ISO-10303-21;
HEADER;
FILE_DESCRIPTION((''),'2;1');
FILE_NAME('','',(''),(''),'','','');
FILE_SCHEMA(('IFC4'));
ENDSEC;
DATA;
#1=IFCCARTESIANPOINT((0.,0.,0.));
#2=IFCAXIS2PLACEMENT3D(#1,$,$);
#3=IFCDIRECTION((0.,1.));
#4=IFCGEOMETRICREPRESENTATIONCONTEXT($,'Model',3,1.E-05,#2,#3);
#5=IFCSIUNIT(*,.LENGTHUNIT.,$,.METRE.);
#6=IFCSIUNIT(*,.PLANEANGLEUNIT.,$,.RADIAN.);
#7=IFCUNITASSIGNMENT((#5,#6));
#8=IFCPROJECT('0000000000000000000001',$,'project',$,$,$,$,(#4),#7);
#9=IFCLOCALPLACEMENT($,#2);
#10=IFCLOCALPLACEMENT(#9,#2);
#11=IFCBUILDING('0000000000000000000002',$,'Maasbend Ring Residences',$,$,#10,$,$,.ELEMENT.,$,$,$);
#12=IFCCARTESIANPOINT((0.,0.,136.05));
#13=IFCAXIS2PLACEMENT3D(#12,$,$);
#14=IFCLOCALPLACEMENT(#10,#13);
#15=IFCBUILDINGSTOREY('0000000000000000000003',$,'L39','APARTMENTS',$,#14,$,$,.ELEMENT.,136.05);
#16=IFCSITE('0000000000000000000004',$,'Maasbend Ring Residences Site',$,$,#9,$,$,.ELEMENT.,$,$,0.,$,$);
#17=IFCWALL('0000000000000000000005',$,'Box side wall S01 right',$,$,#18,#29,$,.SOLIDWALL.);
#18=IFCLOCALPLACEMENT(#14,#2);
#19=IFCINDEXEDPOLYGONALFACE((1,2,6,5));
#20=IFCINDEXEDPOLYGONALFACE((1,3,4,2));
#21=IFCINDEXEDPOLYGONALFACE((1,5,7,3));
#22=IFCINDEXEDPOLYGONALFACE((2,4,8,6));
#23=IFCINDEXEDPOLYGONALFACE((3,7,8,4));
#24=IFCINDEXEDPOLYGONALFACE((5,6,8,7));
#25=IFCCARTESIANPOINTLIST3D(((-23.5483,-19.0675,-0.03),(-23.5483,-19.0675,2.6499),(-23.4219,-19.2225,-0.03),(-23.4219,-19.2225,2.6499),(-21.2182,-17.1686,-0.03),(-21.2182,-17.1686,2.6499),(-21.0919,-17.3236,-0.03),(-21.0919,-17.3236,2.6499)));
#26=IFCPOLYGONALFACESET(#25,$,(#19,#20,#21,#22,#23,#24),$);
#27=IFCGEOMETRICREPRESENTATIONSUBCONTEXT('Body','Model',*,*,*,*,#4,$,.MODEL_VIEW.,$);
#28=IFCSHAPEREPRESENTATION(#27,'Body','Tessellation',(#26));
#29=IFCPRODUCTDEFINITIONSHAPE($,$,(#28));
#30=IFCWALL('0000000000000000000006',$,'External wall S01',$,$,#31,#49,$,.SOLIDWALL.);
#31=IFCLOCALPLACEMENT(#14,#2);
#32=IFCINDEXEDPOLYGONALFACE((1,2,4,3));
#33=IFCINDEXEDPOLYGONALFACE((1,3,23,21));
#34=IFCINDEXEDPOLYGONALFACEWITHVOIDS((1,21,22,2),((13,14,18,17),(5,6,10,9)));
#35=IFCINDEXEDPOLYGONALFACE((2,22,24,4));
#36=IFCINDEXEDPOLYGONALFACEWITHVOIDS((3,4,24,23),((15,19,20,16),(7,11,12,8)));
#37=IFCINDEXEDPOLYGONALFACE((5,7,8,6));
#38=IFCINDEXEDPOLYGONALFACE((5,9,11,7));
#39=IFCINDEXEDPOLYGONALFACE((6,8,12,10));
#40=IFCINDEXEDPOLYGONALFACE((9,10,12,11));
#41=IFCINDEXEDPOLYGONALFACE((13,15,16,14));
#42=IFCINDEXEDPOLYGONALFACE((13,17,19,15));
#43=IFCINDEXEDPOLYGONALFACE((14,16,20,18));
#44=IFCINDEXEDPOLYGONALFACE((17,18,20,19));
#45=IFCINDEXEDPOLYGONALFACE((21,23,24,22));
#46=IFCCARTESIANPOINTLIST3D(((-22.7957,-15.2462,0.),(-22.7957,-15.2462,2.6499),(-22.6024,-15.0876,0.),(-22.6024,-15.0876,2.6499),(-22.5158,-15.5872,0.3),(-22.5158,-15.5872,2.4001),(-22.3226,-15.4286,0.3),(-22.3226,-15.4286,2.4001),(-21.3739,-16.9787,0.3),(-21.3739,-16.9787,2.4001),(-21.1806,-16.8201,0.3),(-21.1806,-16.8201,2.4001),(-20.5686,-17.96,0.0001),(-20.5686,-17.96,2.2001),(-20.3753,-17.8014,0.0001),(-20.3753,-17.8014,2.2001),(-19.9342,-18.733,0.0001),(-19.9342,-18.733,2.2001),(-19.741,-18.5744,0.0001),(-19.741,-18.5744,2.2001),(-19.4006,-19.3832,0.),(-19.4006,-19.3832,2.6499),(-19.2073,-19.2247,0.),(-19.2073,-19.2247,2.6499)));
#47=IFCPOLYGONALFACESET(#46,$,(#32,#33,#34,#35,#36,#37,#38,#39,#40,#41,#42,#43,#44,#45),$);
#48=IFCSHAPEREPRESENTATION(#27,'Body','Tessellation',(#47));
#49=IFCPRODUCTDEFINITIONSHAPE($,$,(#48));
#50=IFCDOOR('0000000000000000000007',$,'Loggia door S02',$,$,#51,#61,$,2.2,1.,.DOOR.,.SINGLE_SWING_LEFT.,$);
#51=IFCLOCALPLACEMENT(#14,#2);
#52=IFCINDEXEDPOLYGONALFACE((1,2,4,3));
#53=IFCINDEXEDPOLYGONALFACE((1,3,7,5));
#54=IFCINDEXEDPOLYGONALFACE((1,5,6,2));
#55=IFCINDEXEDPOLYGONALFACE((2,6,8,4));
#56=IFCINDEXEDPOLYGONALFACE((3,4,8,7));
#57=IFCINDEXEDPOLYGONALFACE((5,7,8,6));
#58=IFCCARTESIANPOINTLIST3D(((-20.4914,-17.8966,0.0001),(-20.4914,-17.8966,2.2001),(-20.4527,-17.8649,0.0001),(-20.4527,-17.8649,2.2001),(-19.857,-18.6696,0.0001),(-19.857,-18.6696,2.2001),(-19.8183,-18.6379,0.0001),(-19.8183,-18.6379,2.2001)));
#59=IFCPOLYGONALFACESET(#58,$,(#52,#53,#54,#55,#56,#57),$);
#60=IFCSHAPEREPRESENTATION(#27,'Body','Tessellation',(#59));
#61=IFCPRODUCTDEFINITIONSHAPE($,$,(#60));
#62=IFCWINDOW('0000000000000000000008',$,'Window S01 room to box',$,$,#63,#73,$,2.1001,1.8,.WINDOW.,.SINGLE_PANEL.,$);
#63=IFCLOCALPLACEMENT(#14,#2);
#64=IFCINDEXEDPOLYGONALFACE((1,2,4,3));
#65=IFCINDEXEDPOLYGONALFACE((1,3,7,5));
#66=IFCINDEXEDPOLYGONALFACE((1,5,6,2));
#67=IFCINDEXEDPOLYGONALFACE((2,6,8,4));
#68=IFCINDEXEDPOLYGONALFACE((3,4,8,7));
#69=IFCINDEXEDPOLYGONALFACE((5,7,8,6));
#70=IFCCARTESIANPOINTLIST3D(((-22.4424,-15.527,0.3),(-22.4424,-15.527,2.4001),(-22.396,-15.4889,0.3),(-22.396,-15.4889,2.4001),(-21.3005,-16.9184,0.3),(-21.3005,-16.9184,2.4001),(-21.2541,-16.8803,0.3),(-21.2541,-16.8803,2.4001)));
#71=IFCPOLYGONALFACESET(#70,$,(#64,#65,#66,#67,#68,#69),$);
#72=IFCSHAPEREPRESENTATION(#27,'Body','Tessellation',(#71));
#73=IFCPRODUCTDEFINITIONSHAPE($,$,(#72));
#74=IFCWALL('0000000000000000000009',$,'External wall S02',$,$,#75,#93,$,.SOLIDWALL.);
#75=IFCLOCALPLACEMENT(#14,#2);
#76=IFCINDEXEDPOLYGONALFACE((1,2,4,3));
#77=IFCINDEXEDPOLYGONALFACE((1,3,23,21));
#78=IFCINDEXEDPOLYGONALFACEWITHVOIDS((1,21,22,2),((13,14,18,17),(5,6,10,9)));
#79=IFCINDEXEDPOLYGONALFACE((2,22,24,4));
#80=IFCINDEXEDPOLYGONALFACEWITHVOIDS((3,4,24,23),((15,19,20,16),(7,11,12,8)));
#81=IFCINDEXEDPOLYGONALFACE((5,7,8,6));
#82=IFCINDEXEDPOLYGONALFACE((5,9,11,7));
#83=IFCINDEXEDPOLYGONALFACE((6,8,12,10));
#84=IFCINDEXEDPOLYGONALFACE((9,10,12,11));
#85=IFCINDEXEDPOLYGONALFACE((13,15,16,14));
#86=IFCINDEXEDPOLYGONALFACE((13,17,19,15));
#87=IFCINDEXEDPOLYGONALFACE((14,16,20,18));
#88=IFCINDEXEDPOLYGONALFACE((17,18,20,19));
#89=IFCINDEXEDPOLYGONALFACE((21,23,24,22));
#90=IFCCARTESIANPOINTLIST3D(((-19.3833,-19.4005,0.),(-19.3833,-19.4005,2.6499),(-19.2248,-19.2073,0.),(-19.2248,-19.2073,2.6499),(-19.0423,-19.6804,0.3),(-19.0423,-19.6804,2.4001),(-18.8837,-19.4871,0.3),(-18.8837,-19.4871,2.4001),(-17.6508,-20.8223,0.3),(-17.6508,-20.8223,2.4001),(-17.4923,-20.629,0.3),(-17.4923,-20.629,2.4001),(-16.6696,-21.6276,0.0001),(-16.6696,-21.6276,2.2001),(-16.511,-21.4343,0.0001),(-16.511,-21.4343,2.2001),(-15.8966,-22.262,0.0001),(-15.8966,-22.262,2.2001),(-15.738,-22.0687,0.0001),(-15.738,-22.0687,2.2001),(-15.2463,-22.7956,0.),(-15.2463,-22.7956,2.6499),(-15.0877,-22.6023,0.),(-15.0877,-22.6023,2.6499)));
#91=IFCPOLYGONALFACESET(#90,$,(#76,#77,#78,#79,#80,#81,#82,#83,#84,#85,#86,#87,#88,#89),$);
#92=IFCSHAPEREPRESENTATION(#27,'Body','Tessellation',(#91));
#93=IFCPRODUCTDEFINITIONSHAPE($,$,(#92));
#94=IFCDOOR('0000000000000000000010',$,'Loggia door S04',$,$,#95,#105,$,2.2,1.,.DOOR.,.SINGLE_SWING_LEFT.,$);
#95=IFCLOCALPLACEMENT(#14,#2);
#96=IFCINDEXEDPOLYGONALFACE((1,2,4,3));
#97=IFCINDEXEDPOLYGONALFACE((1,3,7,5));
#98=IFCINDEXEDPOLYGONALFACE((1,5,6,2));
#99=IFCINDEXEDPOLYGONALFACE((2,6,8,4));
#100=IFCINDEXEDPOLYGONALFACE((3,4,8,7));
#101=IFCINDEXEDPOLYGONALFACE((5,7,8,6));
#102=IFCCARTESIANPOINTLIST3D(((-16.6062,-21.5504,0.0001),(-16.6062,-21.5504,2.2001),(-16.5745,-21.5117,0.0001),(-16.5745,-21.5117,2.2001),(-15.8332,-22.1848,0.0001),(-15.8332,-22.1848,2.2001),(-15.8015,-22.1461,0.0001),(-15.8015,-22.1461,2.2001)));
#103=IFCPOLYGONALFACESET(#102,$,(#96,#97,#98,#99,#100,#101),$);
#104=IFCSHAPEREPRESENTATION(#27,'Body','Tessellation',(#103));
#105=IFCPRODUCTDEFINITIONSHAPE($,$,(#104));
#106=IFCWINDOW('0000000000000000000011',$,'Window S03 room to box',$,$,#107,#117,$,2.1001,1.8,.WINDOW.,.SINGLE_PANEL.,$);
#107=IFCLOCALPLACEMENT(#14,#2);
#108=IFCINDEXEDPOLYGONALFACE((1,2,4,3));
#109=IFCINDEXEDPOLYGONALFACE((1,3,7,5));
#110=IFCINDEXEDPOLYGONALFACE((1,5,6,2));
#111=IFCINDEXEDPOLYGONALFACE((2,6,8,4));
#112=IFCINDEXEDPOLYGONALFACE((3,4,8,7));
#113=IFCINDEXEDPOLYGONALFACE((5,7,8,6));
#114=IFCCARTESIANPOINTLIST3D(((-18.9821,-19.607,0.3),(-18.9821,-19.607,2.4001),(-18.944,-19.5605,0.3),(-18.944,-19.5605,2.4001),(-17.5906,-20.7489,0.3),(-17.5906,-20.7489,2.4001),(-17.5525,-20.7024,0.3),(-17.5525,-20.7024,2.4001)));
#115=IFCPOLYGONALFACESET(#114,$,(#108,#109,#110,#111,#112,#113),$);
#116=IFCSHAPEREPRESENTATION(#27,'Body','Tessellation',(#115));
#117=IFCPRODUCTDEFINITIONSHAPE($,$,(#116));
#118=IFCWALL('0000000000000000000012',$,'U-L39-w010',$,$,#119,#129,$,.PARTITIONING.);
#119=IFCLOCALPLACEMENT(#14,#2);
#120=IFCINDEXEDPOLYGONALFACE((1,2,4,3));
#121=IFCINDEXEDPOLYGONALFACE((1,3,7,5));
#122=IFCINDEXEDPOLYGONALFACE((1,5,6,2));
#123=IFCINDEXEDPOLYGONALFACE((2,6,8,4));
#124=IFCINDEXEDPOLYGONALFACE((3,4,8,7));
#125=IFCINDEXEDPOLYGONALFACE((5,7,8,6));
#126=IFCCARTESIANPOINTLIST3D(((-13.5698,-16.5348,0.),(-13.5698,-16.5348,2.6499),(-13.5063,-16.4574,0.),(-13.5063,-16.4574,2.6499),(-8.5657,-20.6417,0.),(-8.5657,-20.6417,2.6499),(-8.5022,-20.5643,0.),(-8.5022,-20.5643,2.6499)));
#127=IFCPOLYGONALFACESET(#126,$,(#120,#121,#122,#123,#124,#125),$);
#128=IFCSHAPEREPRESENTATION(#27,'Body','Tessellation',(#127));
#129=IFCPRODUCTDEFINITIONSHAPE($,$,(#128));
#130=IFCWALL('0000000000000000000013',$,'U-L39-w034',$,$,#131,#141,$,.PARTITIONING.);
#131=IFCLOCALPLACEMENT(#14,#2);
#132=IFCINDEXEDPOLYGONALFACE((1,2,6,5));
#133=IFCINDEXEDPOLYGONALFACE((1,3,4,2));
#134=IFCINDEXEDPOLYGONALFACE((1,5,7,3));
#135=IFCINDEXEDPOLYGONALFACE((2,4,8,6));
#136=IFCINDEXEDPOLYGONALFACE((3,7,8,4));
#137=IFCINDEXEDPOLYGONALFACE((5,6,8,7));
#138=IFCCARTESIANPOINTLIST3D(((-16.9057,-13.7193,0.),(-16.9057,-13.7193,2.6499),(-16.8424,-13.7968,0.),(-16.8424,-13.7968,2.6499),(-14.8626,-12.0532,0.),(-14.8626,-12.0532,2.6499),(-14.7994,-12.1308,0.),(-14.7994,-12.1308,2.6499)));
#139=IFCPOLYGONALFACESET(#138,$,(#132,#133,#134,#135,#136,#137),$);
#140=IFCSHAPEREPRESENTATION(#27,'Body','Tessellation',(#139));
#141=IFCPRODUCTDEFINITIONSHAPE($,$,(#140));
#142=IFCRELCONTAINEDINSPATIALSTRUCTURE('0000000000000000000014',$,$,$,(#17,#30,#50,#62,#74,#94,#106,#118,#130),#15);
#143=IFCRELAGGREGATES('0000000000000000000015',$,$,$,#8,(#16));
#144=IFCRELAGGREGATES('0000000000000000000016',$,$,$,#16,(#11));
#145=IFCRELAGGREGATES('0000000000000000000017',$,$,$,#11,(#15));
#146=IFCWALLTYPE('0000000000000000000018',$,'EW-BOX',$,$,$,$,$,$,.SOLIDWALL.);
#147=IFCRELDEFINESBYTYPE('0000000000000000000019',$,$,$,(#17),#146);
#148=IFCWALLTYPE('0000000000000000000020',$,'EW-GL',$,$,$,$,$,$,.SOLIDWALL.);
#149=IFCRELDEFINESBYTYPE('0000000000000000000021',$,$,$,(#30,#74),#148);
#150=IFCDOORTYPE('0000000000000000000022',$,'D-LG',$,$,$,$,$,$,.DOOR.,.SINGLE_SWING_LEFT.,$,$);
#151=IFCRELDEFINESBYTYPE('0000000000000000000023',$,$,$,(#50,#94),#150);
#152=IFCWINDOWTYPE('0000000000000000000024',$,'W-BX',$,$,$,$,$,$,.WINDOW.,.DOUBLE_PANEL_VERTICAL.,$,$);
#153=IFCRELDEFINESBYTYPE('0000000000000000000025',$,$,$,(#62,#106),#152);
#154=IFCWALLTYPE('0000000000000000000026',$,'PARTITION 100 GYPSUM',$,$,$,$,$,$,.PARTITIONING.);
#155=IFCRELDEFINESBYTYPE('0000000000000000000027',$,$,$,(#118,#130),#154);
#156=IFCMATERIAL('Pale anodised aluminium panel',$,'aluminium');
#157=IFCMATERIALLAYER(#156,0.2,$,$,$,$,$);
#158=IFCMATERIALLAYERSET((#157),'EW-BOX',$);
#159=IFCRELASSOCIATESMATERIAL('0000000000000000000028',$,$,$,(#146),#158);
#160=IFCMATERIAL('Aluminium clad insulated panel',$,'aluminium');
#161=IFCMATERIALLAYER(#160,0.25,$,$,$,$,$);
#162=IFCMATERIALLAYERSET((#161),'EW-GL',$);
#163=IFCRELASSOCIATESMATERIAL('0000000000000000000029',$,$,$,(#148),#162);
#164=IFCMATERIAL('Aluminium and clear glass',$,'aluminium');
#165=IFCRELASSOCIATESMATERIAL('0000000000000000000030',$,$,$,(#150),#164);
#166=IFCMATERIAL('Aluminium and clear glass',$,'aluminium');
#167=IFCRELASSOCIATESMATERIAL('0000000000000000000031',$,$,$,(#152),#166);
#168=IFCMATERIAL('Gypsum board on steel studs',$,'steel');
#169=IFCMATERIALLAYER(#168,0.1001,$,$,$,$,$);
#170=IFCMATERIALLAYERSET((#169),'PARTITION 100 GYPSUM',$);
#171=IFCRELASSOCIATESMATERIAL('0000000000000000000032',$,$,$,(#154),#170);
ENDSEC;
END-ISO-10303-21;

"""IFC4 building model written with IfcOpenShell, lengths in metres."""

from ifc_helpers import new_model, si_unit, direction, frame, frame_2d, origin, place, context, subcontext, project, spatial, rectangle, extrude, material, layer, layer_set, type_object, element, fill, save


model = new_model("IFC4")

# Units and contexts
model_context = context("Model", 3, precision=1e-05, world=origin(), true_north=direction((0.0, 1.0)))
body_context = subcontext(model_context, "Body", "Model", "MODEL_VIEW")
ifc_project = project(units=[si_unit("LENGTHUNIT", "METRE"), si_unit("PLANEANGLEUNIT", "RADIAN")], contexts=[model_context])

# Site, building, storey
site_placement = place(None, origin())
site = spatial("IfcSite", under=ifc_project, at=site_placement, Name="Maasbend Ring Residences Site", CompositionType="ELEMENT", RefElevation=0.0)
building_placement = place(site_placement, origin())
building = spatial("IfcBuilding", under=site, at=building_placement, Name="Maasbend Ring Residences", CompositionType="ELEMENT")
storey_placement = place(building_placement, frame((0.0, 0.0, 136.05)))
storey = spatial("IfcBuildingStorey", under=building, at=storey_placement, Name="L39", Description="APARTMENTS", CompositionType="ELEMENT", Elevation=136.05)

# Shared definitions
ifc_material_1 = material(Name="Pale anodised aluminium panel", Category="aluminium")
ifc_layer_1 = layer(ifc_material_1, 0.2)
ifc_layer_set_1 = layer_set([ifc_layer_1], Name="EW-BOX")
wall_type_1 = type_object("IfcWallType", Name="EW-BOX", PredefinedType="SOLIDWALL", material=ifc_layer_set_1)

# Wall
wall_1_placement = place(storey_placement, frame((-21.155, -17.2461, -0.03), z_axis=(0.0, 0.0, 1.0), x_axis=(-0.775179, -0.631742, 0.0)))
element("IfcWall", 1, at=wall_1_placement, inside=storey, type_object=wall_type_1, Name="Box side wall S01 right", PredefinedType="SOLIDWALL", context=body_context, shape_type="SweptSolid", body=[
    extrude(rectangle(XDim=3.0059, YDim=0.2, at=frame_2d((1.5029, 0.0))), origin(), (0.0, 0.0, 1.0), 2.6799),
])

# Walls, openings, doors, windows
ifc_material_2 = material(Name="Aluminium clad insulated panel", Category="aluminium")
ifc_layer_2 = layer(ifc_material_2, 0.25)
ifc_layer_set_2 = layer_set([ifc_layer_2], Name="EW-GL")
wall_type_2 = type_object("IfcWallType", Name="EW-GL", PredefinedType="SOLIDWALL", material=ifc_layer_set_2)
wall_2_placement = place(storey_placement, frame((-22.699, -15.167, 0.0), z_axis=(0.0, 0.0, 1.0), x_axis=(0.634382, -0.773019, 0.0)))
wall_2 = element("IfcWall", 2, at=wall_2_placement, inside=storey, type_object=wall_type_2, Name="External wall S01", PredefinedType="SOLIDWALL", context=body_context, shape_type="SweptSolid", body=[
    extrude(rectangle(XDim=5.3518, YDim=0.25, at=frame_2d((2.6758, 0.0))), origin(), (0.0, 0.0, 1.0), 2.6499),
])
opening_1_placement = place(wall_2_placement, frame((0.4412, 0.0, 0.3)))
opening_1 = element("IfcOpeningElement", 3, at=opening_1_placement, cuts=wall_2, PredefinedType="OPENING", context=body_context, shape_type="SweptSolid", body=[
    extrude(rectangle(XDim=1.8, YDim=2.1001, at=frame_2d((0.8999, 1.05))), frame((0.0, 0.135, 0.0), z_axis=(0.0, -1.0, 0.0), x_axis=(1.0, 0.0, 0.0)), (0.0, 0.0, 1.0), 0.27),
])
opening_2_placement = place(wall_2_placement, frame((3.5105, 0.0, 0.0)))
opening_2 = element("IfcOpeningElement", 4, at=opening_2_placement, cuts=wall_2, PredefinedType="OPENING", context=body_context, shape_type="SweptSolid", body=[
    extrude(rectangle(XDim=1.0, YDim=2.2, at=frame_2d((0.5, 1.1001))), frame((0.0, 0.135, 0.0), z_axis=(0.0, -1.0, 0.0), x_axis=(1.0, 0.0, 0.0)), (0.0, 0.0, 1.0), 0.27),
])
ifc_material_3 = material(Name="Aluminium and clear glass", Category="aluminium")
door_type_1 = type_object("IfcDoorType", Name="D-LG", OperationType="SINGLE_SWING_LEFT", PredefinedType="DOOR", material=ifc_material_3)
door_1_placement = place(opening_2_placement, origin())
door_1 = element("IfcDoor", 5, at=door_1_placement, inside=storey, type_object=door_type_1, Name="Loggia door S02", OperationType="SINGLE_SWING_LEFT", OverallHeight=2.2, OverallWidth=1.0, PredefinedType="DOOR", context=body_context, shape_type="SweptSolid", body=[
    extrude(rectangle(XDim=1.0, YDim=2.2, at=frame_2d((0.5, 1.1001))), frame((0.0, 0.0249, 0.0), z_axis=(0.0, -1.0, 0.0), x_axis=(1.0, 0.0, 0.0)), (0.0, 0.0, 1.0), 0.05),
])
fill(opening_2, door_1)
ifc_material_4 = material(Name="Aluminium and clear glass", Category="aluminium")
window_type_1 = type_object("IfcWindowType", Name="W-BX", PartitioningType="DOUBLE_PANEL_VERTICAL", PredefinedType="WINDOW", material=ifc_material_4)
window_1_placement = place(opening_1_placement, origin())
window_1 = element("IfcWindow", 6, at=window_1_placement, inside=storey, type_object=window_type_1, Name="Window S01 room to box", OverallHeight=2.1001, OverallWidth=1.8, PartitioningType="SINGLE_PANEL", PredefinedType="WINDOW", context=body_context, shape_type="SweptSolid", body=[
    extrude(rectangle(XDim=1.8, YDim=2.1001, at=frame_2d((0.8999, 1.05))), frame((0.0, 0.03, 0.0), z_axis=(0.0, -1.0, 0.0), x_axis=(1.0, 0.0, 0.0)), (0.0, 0.0, 1.0), 0.0601),
])
fill(opening_1, window_1)
wall_3_placement = place(storey_placement, frame((-19.304, -19.304, 0.0), z_axis=(0.0, 0.0, 1.0), x_axis=(0.773019, -0.634382, 0.0)))
wall_3 = element("IfcWall", 7, at=wall_3_placement, inside=storey, type_object=wall_type_2, Name="External wall S02", PredefinedType="SOLIDWALL", context=body_context, shape_type="SweptSolid", body=[
    extrude(rectangle(XDim=5.3518, YDim=0.25, at=frame_2d((2.6758, 0.0))), origin(), (0.0, 0.0, 1.0), 2.6499),
])
opening_3_placement = place(wall_3_placement, frame((0.4412, 0.0, 0.3)))
opening_3 = element("IfcOpeningElement", 8, at=opening_3_placement, cuts=wall_3, PredefinedType="OPENING", context=body_context, shape_type="SweptSolid", body=[
    extrude(rectangle(XDim=1.8, YDim=2.1001, at=frame_2d((0.8999, 1.05))), frame((0.0, 0.135, 0.0), z_axis=(0.0, -1.0, 0.0), x_axis=(1.0, 0.0, 0.0)), (0.0, 0.0, 1.0), 0.27),
])
opening_4_placement = place(wall_3_placement, frame((3.5105, 0.0, 0.0)))
opening_4 = element("IfcOpeningElement", 9, at=opening_4_placement, cuts=wall_3, PredefinedType="OPENING", context=body_context, shape_type="SweptSolid", body=[
    extrude(rectangle(XDim=1.0, YDim=2.2, at=frame_2d((0.5, 1.1001))), frame((0.0, 0.135, 0.0), z_axis=(0.0, -1.0, 0.0), x_axis=(1.0, 0.0, 0.0)), (0.0, 0.0, 1.0), 0.27),
])
door_2_placement = place(opening_4_placement, origin())
door_2 = element("IfcDoor", 10, at=door_2_placement, inside=storey, type_object=door_type_1, Name="Loggia door S04", OperationType="SINGLE_SWING_LEFT", OverallHeight=2.2, OverallWidth=1.0, PredefinedType="DOOR", context=body_context, shape_type="SweptSolid", body=[
    extrude(rectangle(XDim=1.0, YDim=2.2, at=frame_2d((0.5, 1.1001))), frame((0.0, 0.0249, 0.0), z_axis=(0.0, -1.0, 0.0), x_axis=(1.0, 0.0, 0.0)), (0.0, 0.0, 1.0), 0.05),
])
fill(opening_4, door_2)
window_2_placement = place(opening_3_placement, origin())
window_2 = element("IfcWindow", 11, at=window_2_placement, inside=storey, type_object=window_type_1, Name="Window S03 room to box", OverallHeight=2.1001, OverallWidth=1.8, PartitioningType="SINGLE_PANEL", PredefinedType="WINDOW", context=body_context, shape_type="SweptSolid", body=[
    extrude(rectangle(XDim=1.8, YDim=2.1001, at=frame_2d((0.8999, 1.05))), frame((0.0, 0.03, 0.0), z_axis=(0.0, -1.0, 0.0), x_axis=(1.0, 0.0, 0.0)), (0.0, 0.0, 1.0), 0.0601),
])
fill(opening_3, window_2)

# Walls
ifc_material_5 = material(Name="Gypsum board on steel studs", Category="steel")
ifc_layer_3 = layer(ifc_material_5, 0.1001)
ifc_layer_set_3 = layer_set([ifc_layer_3], Name="PARTITION 100 GYPSUM")
wall_type_3 = type_object("IfcWallType", Name="PARTITION 100 GYPSUM", PredefinedType="PARTITIONING", material=ifc_layer_set_3)
wall_4_placement = place(storey_placement, frame((-13.5381, -16.4961, 0.0), z_axis=(0.0, 0.0, 1.0), x_axis=(0.773, -0.634406, 0.0)))
element("IfcWall", 12, at=wall_4_placement, inside=storey, type_object=wall_type_3, Name="U-L39-w010", PredefinedType="PARTITIONING", context=body_context, shape_type="SweptSolid", body=[
    extrude(rectangle(XDim=6.4736, YDim=0.1001, at=frame_2d((3.2368, 0.0))), origin(), (0.0, 0.0, 1.0), 2.6499),
])
wall_5_placement = place(storey_placement, frame((-16.874, -13.7581, 0.0), z_axis=(0.0, 0.0, 1.0), x_axis=(0.77498, 0.631986, 0.0)))
element("IfcWall", 13, at=wall_5_placement, inside=storey, type_object=wall_type_3, Name="U-L39-w034", PredefinedType="PARTITIONING", context=body_context, shape_type="SweptSolid", body=[
    extrude(rectangle(XDim=2.6362, YDim=0.1001, at=frame_2d((1.3181, 0.0))), origin(), (0.0, 0.0, 1.0), 2.6499),
])

save(model, "model.ifc")
